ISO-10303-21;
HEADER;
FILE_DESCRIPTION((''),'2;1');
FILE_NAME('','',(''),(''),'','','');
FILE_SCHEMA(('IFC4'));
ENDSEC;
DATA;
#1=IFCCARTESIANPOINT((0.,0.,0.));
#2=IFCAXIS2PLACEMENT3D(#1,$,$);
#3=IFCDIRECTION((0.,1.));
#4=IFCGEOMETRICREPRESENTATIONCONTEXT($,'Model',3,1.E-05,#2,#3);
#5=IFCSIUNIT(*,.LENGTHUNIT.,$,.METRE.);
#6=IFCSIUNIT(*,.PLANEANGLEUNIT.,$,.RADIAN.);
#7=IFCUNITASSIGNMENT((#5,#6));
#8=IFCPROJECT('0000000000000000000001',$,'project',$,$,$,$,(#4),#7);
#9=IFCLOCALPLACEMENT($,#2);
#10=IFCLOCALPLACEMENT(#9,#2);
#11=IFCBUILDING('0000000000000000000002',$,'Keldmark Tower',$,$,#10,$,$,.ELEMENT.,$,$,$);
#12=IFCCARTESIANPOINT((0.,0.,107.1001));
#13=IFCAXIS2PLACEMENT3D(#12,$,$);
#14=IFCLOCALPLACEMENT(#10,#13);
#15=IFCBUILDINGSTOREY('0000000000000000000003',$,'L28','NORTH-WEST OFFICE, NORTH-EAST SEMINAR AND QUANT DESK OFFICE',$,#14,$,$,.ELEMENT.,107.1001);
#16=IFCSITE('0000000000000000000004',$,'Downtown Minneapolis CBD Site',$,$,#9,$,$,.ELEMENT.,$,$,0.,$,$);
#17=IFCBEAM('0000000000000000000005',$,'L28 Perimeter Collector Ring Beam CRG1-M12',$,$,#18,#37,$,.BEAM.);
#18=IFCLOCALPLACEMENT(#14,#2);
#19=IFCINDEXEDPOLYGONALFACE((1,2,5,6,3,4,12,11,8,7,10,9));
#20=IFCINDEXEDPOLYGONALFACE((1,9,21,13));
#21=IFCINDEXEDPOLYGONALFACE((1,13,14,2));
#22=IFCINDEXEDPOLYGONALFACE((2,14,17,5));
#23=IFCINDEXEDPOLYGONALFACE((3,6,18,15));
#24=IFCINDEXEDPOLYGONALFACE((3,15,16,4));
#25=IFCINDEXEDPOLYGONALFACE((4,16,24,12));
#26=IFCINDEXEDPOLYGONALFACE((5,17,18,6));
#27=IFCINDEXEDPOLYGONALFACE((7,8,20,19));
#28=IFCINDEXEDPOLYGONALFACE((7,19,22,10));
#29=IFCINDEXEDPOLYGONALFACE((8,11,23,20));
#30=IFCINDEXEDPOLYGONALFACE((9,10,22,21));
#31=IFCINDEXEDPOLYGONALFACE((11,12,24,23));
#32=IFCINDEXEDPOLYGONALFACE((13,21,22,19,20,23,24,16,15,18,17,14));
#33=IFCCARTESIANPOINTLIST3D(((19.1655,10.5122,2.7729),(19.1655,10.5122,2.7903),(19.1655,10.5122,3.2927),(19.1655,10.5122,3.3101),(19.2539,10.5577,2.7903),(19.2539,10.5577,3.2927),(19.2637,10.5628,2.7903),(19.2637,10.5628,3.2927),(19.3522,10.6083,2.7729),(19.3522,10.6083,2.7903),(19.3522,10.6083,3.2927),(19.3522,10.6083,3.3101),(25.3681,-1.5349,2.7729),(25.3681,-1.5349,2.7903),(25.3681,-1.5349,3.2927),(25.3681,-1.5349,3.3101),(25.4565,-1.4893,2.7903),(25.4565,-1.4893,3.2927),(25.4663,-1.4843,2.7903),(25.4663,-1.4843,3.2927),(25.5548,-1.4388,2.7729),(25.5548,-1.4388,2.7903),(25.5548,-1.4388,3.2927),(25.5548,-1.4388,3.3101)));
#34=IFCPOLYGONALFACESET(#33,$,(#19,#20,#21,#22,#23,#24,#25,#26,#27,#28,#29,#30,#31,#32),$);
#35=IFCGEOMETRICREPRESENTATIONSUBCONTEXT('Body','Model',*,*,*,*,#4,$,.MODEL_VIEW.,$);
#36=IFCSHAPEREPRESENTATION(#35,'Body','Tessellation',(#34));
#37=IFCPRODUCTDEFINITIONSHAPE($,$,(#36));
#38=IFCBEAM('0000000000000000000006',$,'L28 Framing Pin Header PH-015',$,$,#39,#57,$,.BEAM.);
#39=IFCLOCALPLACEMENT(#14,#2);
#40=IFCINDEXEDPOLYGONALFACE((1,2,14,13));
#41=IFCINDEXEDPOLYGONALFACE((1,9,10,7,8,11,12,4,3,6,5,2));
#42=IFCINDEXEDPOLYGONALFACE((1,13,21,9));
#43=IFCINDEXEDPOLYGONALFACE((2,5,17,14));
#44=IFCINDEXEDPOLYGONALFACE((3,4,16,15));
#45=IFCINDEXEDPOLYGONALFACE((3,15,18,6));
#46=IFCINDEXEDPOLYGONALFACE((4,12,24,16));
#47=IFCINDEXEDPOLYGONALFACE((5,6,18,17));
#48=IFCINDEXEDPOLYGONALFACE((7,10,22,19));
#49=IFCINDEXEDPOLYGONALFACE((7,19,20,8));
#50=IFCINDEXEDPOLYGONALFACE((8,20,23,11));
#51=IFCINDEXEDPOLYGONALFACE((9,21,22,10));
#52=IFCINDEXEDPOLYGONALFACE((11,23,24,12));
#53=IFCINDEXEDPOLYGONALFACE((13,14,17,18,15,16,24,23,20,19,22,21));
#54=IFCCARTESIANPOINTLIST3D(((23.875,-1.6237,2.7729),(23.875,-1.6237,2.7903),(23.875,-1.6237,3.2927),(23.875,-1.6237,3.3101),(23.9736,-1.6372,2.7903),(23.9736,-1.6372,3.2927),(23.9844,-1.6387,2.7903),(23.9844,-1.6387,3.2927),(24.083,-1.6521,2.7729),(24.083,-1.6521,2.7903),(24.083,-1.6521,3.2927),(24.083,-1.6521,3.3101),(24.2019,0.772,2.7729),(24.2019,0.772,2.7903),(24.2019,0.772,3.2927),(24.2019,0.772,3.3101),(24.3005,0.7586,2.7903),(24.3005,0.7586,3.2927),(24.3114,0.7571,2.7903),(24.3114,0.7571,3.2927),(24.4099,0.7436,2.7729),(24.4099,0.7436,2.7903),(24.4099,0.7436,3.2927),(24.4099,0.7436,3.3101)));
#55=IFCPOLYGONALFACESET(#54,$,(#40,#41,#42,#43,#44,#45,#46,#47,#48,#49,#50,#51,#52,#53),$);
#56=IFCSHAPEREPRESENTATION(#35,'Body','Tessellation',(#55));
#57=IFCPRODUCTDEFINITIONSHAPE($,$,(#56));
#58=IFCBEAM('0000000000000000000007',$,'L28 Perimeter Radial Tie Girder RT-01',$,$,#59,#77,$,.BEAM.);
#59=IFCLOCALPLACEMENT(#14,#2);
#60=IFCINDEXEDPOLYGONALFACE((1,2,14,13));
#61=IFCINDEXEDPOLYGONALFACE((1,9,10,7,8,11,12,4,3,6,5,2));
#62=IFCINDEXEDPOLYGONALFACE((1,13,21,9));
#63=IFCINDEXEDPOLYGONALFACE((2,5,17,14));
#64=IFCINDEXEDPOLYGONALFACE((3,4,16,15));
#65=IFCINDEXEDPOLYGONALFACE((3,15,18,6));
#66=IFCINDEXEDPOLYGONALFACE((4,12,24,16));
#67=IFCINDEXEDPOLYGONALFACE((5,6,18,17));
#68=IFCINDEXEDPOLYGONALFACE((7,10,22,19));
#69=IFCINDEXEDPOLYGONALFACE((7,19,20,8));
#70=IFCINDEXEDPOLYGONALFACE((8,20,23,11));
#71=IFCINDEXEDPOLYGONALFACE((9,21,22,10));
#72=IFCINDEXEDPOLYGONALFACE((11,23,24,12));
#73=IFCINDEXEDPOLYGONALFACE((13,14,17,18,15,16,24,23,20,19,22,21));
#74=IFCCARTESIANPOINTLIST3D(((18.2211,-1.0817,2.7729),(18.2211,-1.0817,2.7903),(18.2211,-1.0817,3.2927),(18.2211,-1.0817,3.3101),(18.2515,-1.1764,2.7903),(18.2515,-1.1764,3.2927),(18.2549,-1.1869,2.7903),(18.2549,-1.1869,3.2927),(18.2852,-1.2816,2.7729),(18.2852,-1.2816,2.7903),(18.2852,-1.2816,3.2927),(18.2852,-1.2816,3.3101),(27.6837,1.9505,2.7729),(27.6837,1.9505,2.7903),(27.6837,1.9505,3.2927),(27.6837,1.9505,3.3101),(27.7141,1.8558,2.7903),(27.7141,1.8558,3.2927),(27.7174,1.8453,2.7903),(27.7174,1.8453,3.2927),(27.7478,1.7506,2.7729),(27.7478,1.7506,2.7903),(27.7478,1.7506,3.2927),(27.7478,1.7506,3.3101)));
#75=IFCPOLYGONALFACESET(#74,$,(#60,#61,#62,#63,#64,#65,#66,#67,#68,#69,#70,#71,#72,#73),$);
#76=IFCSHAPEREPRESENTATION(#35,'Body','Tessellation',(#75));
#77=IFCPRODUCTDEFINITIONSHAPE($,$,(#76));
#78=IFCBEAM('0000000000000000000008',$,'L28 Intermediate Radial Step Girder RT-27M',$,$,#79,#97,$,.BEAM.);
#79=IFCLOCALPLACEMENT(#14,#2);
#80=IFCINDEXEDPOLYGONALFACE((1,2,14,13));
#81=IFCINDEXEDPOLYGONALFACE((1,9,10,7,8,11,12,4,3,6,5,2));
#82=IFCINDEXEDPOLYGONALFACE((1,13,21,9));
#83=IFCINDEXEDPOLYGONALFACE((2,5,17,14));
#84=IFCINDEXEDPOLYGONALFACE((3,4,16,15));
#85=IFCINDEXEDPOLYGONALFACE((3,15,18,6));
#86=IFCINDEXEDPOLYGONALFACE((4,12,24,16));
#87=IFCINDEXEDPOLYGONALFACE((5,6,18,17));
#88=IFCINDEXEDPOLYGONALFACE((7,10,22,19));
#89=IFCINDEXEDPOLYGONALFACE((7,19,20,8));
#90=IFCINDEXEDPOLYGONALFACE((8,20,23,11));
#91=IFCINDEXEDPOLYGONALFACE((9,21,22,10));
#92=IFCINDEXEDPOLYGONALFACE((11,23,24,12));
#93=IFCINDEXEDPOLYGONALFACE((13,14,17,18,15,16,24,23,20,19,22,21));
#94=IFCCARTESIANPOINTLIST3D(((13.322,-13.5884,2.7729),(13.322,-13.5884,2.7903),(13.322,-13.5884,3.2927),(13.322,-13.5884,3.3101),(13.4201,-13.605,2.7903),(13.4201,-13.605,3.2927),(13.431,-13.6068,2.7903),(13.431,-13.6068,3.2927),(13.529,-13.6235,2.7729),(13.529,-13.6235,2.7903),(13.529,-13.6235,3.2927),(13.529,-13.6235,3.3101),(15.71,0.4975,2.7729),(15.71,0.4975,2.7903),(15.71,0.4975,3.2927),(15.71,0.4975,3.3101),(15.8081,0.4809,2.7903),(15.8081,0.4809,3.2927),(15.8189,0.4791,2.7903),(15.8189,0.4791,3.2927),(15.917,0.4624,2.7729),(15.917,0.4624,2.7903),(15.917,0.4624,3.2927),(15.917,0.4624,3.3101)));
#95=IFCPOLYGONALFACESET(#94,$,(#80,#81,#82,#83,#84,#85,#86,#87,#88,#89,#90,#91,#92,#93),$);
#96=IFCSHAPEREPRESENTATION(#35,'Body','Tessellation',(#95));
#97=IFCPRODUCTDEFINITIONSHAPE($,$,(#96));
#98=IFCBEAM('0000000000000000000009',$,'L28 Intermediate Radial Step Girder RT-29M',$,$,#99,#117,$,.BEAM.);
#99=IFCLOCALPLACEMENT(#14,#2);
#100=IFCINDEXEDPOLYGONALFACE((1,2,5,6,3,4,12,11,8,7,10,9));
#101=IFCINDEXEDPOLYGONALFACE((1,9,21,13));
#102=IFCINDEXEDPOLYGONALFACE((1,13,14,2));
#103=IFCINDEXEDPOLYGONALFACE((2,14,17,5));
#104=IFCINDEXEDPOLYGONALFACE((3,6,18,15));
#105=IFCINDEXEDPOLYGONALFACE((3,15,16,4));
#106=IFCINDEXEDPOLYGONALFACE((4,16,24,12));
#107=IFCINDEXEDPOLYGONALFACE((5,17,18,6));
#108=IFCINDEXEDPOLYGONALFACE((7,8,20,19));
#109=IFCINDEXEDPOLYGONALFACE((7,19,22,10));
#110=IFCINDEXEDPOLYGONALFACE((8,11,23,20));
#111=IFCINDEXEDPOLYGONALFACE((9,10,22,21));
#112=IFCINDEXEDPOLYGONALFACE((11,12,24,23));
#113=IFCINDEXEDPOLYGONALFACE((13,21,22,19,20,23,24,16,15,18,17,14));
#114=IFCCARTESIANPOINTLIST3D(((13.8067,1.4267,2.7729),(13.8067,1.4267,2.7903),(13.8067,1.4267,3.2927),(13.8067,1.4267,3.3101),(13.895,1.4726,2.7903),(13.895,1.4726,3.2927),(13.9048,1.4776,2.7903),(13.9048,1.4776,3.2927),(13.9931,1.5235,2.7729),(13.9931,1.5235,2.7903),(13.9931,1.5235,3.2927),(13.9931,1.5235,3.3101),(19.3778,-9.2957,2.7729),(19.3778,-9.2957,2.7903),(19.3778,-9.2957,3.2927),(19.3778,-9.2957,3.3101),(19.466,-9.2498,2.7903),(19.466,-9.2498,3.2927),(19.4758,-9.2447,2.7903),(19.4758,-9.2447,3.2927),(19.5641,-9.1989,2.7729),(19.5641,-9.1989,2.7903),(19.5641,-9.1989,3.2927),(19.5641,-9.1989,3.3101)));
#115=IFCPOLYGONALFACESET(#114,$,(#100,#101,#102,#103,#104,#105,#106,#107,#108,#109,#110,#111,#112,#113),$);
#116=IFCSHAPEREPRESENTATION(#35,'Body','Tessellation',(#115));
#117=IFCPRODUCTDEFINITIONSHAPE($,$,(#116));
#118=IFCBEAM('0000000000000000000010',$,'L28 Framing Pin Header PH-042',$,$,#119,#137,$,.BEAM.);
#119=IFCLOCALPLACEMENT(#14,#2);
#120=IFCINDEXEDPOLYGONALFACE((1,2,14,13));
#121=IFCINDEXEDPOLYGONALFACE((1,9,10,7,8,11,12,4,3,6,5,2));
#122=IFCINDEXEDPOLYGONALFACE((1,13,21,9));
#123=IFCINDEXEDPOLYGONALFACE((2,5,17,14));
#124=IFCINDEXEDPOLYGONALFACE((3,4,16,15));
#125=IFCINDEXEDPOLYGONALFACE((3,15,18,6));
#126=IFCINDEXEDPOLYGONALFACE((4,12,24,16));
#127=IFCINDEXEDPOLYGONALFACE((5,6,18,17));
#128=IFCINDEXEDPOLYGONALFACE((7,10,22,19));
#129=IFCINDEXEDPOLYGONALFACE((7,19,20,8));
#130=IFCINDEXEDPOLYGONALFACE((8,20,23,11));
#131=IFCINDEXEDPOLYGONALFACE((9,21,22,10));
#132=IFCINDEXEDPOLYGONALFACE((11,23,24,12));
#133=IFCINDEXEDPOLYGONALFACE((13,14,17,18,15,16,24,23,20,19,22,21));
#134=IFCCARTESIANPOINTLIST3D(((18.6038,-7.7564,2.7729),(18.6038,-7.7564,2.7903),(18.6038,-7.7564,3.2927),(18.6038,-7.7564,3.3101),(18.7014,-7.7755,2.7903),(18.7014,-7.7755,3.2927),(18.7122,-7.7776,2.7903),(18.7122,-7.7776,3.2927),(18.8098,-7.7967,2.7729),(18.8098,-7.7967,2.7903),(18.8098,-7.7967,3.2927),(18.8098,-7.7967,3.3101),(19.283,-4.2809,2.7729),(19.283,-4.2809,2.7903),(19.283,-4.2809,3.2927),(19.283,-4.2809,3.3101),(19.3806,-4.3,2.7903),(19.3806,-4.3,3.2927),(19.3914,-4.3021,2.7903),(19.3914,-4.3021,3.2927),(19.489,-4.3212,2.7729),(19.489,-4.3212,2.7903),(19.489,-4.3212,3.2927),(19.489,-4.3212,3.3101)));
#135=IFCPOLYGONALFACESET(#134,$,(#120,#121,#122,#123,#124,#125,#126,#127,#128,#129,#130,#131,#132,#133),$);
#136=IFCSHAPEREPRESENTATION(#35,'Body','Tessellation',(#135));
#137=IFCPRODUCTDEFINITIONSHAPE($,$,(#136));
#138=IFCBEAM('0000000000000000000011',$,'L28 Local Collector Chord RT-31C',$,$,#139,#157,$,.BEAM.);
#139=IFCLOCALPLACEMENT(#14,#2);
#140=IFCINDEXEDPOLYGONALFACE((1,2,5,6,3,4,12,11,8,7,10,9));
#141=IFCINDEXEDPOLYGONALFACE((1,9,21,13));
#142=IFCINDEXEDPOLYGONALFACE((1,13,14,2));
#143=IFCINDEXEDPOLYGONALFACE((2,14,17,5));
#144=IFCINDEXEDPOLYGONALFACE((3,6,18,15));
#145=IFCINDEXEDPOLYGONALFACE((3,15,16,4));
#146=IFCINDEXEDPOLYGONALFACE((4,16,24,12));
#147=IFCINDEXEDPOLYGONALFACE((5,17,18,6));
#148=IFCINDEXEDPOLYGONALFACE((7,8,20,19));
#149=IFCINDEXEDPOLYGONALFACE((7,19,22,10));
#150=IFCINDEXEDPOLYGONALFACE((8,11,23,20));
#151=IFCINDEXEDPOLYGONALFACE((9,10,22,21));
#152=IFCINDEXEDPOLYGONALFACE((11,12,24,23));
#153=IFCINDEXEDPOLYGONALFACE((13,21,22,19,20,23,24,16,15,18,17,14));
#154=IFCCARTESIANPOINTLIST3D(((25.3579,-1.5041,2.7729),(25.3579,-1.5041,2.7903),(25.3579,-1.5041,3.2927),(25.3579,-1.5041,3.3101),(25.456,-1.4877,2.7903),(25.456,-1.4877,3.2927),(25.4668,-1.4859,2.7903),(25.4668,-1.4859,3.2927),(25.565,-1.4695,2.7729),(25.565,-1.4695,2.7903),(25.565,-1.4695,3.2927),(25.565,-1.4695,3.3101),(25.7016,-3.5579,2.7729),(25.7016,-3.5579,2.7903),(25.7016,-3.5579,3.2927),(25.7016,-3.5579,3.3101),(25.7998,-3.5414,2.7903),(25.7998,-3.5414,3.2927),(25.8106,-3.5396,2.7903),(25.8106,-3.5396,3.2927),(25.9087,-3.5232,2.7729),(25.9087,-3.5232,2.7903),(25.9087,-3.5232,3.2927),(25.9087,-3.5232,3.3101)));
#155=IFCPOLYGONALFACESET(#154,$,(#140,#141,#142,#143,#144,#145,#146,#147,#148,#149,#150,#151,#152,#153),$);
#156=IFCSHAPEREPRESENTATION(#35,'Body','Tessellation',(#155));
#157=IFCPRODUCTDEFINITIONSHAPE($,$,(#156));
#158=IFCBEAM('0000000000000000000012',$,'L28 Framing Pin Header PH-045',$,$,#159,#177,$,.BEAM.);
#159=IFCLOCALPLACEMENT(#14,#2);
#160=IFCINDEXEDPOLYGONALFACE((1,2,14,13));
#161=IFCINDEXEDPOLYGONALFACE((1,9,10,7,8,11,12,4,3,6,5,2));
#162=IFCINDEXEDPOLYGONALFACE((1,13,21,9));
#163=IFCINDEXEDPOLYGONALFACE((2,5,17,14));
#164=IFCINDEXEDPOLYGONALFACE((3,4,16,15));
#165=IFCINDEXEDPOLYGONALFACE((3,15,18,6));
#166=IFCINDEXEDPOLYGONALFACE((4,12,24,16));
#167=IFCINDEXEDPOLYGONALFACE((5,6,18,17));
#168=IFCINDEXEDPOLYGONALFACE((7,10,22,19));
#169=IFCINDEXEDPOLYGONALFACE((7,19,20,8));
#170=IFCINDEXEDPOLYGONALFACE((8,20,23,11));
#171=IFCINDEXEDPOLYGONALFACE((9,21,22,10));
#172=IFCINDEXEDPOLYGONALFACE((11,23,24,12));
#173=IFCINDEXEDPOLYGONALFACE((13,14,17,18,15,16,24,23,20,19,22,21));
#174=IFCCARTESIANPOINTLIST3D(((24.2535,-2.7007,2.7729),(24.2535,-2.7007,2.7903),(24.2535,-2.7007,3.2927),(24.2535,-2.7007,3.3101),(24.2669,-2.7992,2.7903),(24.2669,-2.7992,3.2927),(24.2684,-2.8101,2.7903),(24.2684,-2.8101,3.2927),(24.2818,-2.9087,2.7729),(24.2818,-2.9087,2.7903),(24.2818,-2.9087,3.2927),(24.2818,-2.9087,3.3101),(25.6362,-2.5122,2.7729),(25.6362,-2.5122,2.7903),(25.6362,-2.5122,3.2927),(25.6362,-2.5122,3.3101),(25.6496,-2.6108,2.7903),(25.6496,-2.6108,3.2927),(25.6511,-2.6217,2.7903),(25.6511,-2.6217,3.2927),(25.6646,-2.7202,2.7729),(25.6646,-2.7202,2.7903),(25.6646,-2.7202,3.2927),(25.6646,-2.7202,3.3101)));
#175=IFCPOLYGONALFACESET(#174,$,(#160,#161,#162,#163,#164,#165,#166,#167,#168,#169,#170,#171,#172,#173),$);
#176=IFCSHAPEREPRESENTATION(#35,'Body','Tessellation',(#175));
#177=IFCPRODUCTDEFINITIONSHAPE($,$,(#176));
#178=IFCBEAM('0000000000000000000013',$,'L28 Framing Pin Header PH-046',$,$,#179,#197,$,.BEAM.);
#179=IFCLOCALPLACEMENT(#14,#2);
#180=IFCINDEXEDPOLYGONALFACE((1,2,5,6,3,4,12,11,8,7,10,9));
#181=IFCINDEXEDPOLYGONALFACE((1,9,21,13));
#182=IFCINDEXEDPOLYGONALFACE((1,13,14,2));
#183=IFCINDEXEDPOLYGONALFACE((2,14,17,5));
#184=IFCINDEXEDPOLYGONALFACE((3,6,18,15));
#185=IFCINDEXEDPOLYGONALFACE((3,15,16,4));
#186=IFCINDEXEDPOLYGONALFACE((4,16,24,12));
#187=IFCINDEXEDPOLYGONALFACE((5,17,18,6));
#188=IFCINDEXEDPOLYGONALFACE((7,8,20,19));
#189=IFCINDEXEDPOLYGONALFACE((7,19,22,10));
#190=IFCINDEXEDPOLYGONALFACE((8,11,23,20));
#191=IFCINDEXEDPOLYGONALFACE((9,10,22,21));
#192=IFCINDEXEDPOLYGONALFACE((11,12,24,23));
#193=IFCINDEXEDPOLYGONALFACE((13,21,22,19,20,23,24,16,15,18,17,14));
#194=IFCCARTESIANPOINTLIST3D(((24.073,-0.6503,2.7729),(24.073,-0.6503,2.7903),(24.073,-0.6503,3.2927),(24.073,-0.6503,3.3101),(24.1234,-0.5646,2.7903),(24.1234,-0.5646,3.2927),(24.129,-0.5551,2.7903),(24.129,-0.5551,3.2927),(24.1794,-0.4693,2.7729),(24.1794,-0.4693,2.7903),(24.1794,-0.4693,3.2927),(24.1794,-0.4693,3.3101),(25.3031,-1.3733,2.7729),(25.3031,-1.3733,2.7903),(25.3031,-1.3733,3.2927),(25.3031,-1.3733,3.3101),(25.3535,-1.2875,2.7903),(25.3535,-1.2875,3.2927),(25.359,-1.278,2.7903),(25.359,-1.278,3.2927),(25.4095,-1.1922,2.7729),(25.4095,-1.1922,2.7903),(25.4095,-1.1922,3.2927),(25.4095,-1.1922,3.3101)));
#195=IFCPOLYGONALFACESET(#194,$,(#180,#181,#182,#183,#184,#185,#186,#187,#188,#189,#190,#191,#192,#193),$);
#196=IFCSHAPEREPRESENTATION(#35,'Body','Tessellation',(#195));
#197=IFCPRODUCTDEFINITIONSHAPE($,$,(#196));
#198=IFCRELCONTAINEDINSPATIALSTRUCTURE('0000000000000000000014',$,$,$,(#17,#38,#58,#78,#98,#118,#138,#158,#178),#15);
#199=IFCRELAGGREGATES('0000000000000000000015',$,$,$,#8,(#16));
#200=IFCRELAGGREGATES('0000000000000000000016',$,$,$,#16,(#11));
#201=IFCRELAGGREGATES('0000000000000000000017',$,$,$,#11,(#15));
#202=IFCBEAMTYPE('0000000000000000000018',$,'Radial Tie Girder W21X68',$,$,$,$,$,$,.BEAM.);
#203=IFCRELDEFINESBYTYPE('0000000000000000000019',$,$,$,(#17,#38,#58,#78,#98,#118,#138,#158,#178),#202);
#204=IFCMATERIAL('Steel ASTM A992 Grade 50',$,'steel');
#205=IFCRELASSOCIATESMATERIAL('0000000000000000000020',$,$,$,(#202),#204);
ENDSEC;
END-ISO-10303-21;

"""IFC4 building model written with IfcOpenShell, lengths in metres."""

from ifc_helpers import new_model, si_unit, direction, frame, origin, origin_2d, place, context, subcontext, project, spatial, i_section, extrude, material, material_profile, profile_set, type_object, element, save


model = new_model("IFC4")

# Units and contexts
model_context = context("Model", 3, precision=1e-05, world=origin(), true_north=direction((0.0, 1.0)))
body_context = subcontext(model_context, "Body", "Model", "MODEL_VIEW")
ifc_project = project(units=[si_unit("LENGTHUNIT", "METRE"), si_unit("PLANEANGLEUNIT", "RADIAN")], contexts=[model_context])

# Site, building, storey
site_placement = place(None, origin())
site = spatial("IfcSite", under=ifc_project, at=site_placement, Name="Downtown Minneapolis CBD Site", CompositionType="ELEMENT", RefElevation=0.0)
building_placement = place(site_placement, origin())
building = spatial("IfcBuilding", under=site, at=building_placement, Name="Keldmark Tower", CompositionType="ELEMENT")
storey_placement = place(building_placement, frame((0.0, 0.0, 107.1001)))
storey = spatial("IfcBuildingStorey", under=building, at=storey_placement, Name="L28", Description="NORTH-WEST OFFICE, NORTH-EAST SEMINAR AND QUANT DESK OFFICE", CompositionType="ELEMENT", Elevation=107.1001)

# Beams
ifc_material_1 = material(Name="Steel ASTM A992 Grade 50", Category="steel")
ifc_material_profile_1 = material_profile(ifc_material_1, i_section(OverallWidth=0.21, OverallDepth=0.5371, WebThickness=0.011, FlangeThickness=0.0173, at=origin_2d()), Name="W21X68")
ifc_profile_set_1 = profile_set([ifc_material_profile_1], Name="Steel ASTM A992 Grade 50")
beam_type_1 = type_object("IfcBeamType", Name="Radial Tie Girder W21X68", PredefinedType="BEAM", material=ifc_profile_set_1)
beam_1_placement = place(storey_placement, frame((25.4614, -1.4868, 3.0415), z_axis=(-0.457755, 0.889078, 0.0), x_axis=(-0.889078, -0.457755, 0.0)))
element("IfcBeam", 1, at=beam_1_placement, inside=storey, type_object=beam_type_1, Name="L28 Perimeter Collector Ring Beam CRG1-M12", PredefinedType="BEAM", context=body_context, shape_type="SweptSolid", body=[
    extrude(i_section(OverallWidth=0.21, OverallDepth=0.5371, WebThickness=0.011, FlangeThickness=0.0173, at=origin_2d()), origin(), (0.0, 0.0, 1.0), 13.55),
])
beam_2_placement = place(storey_placement, frame((23.979, -1.6379, 3.0415), z_axis=(0.135199, 0.990818, 0.0), x_axis=(-0.990818, 0.135199, 0.0)))
element("IfcBeam", 2, at=beam_2_placement, inside=storey, type_object=beam_type_1, Name="L28 Framing Pin Header PH-015", PredefinedType="BEAM", context=body_context, shape_type="SweptSolid", body=[
    extrude(i_section(OverallWidth=0.21, OverallDepth=0.5371, WebThickness=0.011, FlangeThickness=0.0173, at=origin_2d()), origin(), (0.0, 0.0, 1.0), 2.418),
])
beam_3_placement = place(storey_placement, frame((18.2532, -1.1816, 3.0415), z_axis=(0.952302, 0.305157, 0.0), x_axis=(-0.305157, 0.952302, 0.0)))
element("IfcBeam", 3, at=beam_3_placement, inside=storey, type_object=beam_type_1, Name="L28 Perimeter Radial Tie Girder RT-01", PredefinedType="BEAM", context=body_context, shape_type="SweptSolid", body=[
    extrude(i_section(OverallWidth=0.21, OverallDepth=0.5371, WebThickness=0.011, FlangeThickness=0.0173, at=origin_2d()), origin(), (0.0, 0.0, 1.0), 9.9365),
])
beam_4_placement = place(storey_placement, frame((15.8135, 0.48, 3.0415), z_axis=(-0.167142, -0.985933, 0.0), x_axis=(0.985933, -0.167142, 0.0)))
element("IfcBeam", 4, at=beam_4_placement, inside=storey, type_object=beam_type_1, Name="L28 Intermediate Radial Step Girder RT-27M", PredefinedType="BEAM", context=body_context, shape_type="SweptSolid", body=[
    extrude(i_section(OverallWidth=0.21, OverallDepth=0.5371, WebThickness=0.011, FlangeThickness=0.0173, at=origin_2d()), origin(), (0.0, 0.0, 1.0), 14.2869),
])
beam_5_placement = place(storey_placement, frame((13.8999, 1.4751, 3.0415), z_axis=(0.461052, -0.887373, 0.0), x_axis=(0.887373, 0.461052, 0.0)))
element("IfcBeam", 5, at=beam_5_placement, inside=storey, type_object=beam_type_1, Name="L28 Intermediate Radial Step Girder RT-29M", PredefinedType="BEAM", context=body_context, shape_type="SweptSolid", body=[
    extrude(i_section(OverallWidth=0.21, OverallDepth=0.5371, WebThickness=0.011, FlangeThickness=0.0173, at=origin_2d()), origin(), (0.0, 0.0, 1.0), 12.0833),
])
beam_6_placement = place(storey_placement, frame((19.386, -4.301, 3.0415), z_axis=(-0.191792, -0.981436, 0.0), x_axis=(0.981436, -0.191792, 0.0)))
element("IfcBeam", 6, at=beam_6_placement, inside=storey, type_object=beam_type_1, Name="L28 Framing Pin Header PH-042", PredefinedType="BEAM", context=body_context, shape_type="SweptSolid", body=[
    extrude(i_section(OverallWidth=0.21, OverallDepth=0.5371, WebThickness=0.011, FlangeThickness=0.0173, at=origin_2d()), origin(), (0.0, 0.0, 1.0), 3.5413),
])
beam_7_placement = place(storey_placement, frame((25.4614, -1.4868, 3.0415), z_axis=(0.165083, -0.98628, 0.0), x_axis=(0.98628, 0.165083, 0.0)))
element("IfcBeam", 7, at=beam_7_placement, inside=storey, type_object=beam_type_1, Name="L28 Local Collector Chord RT-31C", PredefinedType="BEAM", context=body_context, shape_type="SweptSolid", body=[
    extrude(i_section(OverallWidth=0.21, OverallDepth=0.5371, WebThickness=0.011, FlangeThickness=0.0173, at=origin_2d()), origin(), (0.0, 0.0, 1.0), 2.0823),
])
beam_8_placement = place(storey_placement, frame((25.6504, -2.6162, 3.0415), z_axis=(-0.990839, -0.135051, 0.0), x_axis=(0.135051, -0.990839, 0.0)))
element("IfcBeam", 8, at=beam_8_placement, inside=storey, type_object=beam_type_1, Name="L28 Framing Pin Header PH-045", PredefinedType="BEAM", context=body_context, shape_type="SweptSolid", body=[
    extrude(i_section(OverallWidth=0.21, OverallDepth=0.5371, WebThickness=0.011, FlangeThickness=0.0173, at=origin_2d()), origin(), (0.0, 0.0, 1.0), 1.3955),
])
beam_9_placement = place(storey_placement, frame((24.1262, -0.5598, 3.0415), z_axis=(0.862123, -0.506699, 0.0), x_axis=(0.506699, 0.862123, 0.0)))
element("IfcBeam", 9, at=beam_9_placement, inside=storey, type_object=beam_type_1, Name="L28 Framing Pin Header PH-046", PredefinedType="BEAM", context=body_context, shape_type="SweptSolid", body=[
    extrude(i_section(OverallWidth=0.21, OverallDepth=0.5371, WebThickness=0.011, FlangeThickness=0.0173, at=origin_2d()), origin(), (0.0, 0.0, 1.0), 1.4268),
])

save(model, "model.ifc")
